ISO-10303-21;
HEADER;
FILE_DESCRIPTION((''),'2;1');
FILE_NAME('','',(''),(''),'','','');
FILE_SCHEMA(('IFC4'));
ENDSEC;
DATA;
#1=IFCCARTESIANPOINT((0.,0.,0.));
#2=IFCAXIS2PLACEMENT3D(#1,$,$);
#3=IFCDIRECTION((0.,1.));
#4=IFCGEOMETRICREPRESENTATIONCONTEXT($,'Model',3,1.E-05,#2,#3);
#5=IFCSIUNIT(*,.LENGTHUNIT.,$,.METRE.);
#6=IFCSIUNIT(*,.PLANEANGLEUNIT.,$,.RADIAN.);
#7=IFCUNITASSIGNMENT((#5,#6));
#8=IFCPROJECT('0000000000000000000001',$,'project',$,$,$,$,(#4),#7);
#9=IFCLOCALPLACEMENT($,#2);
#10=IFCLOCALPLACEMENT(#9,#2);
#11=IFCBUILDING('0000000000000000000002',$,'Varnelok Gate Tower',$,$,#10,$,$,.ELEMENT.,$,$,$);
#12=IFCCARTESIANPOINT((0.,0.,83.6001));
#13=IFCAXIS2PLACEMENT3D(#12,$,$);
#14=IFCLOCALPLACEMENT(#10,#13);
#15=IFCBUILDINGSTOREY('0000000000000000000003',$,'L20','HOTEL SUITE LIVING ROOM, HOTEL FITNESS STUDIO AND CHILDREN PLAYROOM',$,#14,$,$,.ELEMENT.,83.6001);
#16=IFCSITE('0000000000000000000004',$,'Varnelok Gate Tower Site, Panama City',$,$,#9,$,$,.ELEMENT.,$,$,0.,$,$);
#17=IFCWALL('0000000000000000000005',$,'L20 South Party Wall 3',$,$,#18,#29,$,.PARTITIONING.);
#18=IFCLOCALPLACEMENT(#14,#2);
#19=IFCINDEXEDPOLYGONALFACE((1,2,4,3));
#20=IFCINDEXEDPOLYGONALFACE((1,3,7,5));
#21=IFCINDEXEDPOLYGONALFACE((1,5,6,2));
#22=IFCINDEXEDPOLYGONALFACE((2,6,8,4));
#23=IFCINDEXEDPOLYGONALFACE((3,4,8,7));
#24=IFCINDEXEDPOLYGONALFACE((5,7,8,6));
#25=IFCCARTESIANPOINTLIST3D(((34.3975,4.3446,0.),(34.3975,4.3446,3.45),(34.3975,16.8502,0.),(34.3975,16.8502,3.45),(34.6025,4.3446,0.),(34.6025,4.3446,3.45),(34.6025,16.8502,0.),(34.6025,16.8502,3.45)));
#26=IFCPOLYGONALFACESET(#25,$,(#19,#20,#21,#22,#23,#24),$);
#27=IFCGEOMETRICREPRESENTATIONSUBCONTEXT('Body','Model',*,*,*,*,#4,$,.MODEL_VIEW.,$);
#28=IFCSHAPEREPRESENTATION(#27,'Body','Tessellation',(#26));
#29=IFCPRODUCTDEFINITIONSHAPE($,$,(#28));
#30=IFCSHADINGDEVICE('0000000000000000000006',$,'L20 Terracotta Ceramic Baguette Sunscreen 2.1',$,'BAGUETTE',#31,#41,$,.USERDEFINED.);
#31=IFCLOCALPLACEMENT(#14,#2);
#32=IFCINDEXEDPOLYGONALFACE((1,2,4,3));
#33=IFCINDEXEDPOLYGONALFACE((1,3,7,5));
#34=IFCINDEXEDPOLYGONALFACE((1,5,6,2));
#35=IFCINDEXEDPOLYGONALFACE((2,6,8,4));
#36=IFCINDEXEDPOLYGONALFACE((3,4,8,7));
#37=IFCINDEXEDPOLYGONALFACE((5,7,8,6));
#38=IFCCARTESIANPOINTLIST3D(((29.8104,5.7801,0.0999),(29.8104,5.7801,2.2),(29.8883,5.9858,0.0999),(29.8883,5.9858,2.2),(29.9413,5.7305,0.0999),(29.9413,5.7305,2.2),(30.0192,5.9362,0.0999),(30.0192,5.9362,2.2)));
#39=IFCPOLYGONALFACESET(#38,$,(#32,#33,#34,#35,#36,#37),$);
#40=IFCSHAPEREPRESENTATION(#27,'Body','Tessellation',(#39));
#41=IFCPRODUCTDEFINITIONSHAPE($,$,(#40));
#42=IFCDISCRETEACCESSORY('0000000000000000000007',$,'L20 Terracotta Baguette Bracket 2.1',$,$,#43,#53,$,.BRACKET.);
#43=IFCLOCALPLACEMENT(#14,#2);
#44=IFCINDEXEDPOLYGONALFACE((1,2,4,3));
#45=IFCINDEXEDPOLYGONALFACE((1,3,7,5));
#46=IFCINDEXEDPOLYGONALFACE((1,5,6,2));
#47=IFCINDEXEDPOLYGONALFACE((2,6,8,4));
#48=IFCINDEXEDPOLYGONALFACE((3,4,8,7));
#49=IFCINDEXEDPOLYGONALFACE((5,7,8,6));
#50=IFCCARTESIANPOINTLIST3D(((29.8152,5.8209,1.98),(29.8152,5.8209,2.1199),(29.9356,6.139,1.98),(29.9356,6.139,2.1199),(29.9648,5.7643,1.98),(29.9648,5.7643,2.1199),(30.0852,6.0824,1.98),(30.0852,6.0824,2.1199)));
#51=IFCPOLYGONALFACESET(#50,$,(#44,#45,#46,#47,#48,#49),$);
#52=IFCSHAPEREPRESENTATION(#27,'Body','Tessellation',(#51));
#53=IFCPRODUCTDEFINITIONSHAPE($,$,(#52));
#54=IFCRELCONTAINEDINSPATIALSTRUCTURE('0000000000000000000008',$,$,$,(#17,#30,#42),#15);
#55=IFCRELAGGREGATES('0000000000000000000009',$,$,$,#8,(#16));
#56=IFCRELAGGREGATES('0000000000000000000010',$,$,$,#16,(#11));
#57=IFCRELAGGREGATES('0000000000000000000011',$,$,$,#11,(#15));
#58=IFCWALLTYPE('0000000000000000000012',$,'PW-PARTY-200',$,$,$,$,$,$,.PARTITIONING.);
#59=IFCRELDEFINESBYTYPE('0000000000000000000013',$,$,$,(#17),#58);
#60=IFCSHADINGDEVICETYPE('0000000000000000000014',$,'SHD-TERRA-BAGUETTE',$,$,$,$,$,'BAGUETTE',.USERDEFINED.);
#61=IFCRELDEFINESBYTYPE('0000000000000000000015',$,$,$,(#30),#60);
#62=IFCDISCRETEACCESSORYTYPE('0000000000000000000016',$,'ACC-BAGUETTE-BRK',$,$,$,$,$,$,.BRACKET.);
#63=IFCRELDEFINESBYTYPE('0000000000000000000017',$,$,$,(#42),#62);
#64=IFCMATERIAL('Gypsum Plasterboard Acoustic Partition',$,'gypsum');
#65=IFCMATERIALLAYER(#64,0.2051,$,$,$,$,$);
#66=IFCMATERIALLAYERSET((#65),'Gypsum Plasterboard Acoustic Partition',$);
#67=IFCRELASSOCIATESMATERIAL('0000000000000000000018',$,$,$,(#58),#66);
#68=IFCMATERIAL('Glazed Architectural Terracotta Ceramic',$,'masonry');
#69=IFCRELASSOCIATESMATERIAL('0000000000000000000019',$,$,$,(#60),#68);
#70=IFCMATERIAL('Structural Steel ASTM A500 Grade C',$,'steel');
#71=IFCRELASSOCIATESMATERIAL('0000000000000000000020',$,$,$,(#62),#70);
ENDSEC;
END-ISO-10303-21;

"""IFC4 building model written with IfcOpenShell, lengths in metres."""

from ifc_helpers import new_model, si_unit, direction, frame, frame_2d, origin, origin_2d, place, context, subcontext, project, spatial, rectangle, extrude, source, transform, mapped, material, layer, layer_set, type_object, element, save


model = new_model("IFC4")

# Units and contexts
model_context = context("Model", 3, precision=1e-05, world=origin(), true_north=direction((0.0, 1.0)))
body_context = subcontext(model_context, "Body", "Model", "MODEL_VIEW")
ifc_project = project(units=[si_unit("LENGTHUNIT", "METRE"), si_unit("PLANEANGLEUNIT", "RADIAN")], contexts=[model_context])

# Site, building, storey
site_placement = place(None, origin())
site = spatial("IfcSite", under=ifc_project, at=site_placement, Name="Varnelok Gate Tower Site, Panama City", CompositionType="ELEMENT", RefElevation=0.0)
building_placement = place(site_placement, origin())
building = spatial("IfcBuilding", under=site, at=building_placement, Name="Varnelok Gate Tower", CompositionType="ELEMENT")
storey_placement = place(building_placement, frame((0.0, 0.0, 83.6001)))
storey = spatial("IfcBuildingStorey", under=building, at=storey_placement, Name="L20", Description="HOTEL SUITE LIVING ROOM, HOTEL FITNESS STUDIO AND CHILDREN PLAYROOM", CompositionType="ELEMENT", Elevation=83.6001)

# Shared definitions
ifc_material_1 = material(Name="Gypsum Plasterboard Acoustic Partition", Category="gypsum")

# Wall
ifc_layer_1 = layer(ifc_material_1, 0.2051)
ifc_layer_set_1 = layer_set([ifc_layer_1], Name="Gypsum Plasterboard Acoustic Partition")
wall_type_1 = type_object("IfcWallType", Name="PW-PARTY-200", PredefinedType="PARTITIONING", material=ifc_layer_set_1)
wall_1_placement = place(storey_placement, frame((34.5, 4.3445, 0.0), z_axis=(0.0, 0.0, 1.0), x_axis=(0.0, 1.0, 0.0)))
element("IfcWall", 1, at=wall_1_placement, inside=storey, type_object=wall_type_1, Name="L20 South Party Wall 3", PredefinedType="PARTITIONING", context=body_context, shape_type="SweptSolid", body=[
    extrude(rectangle(XDim=12.5056, YDim=0.2051, at=frame_2d((6.2529, 0.0))), origin(), (0.0, 0.0, 1.0), 3.45),
])

# Shading device
ifc_material_2 = material(Name="Glazed Architectural Terracotta Ceramic", Category="masonry")
shading_device_type = type_object("IfcShadingDeviceType", Name="SHD-TERRA-BAGUETTE", ElementType="BAGUETTE", PredefinedType="USERDEFINED", material=ifc_material_2)
shared_shape_1 = source(origin(), body_context, "Body", "SweptSolid", [
    extrude(rectangle(XDim=0.1399, YDim=0.22, at=origin_2d()), origin(), (0.0, 0.0, 1.0), 2.1001),
])
shading_device_placement = place(storey_placement, frame((29.9148, 5.8582, 0.0999), z_axis=(0.0, 0.0, 1.0), x_axis=(0.935222, -0.354063, 0.0)))
element("IfcShadingDevice", 2, at=shading_device_placement, inside=storey, type_object=shading_device_type, Name="L20 Terracotta Ceramic Baguette Sunscreen 2.1", ObjectType="BAGUETTE", PredefinedType="USERDEFINED", context=body_context, shape_type="MappedRepresentation", body=[
    mapped(shared_shape_1, transform((0.0, 0.0, 0.0), scale=1.0)),
])

# Discrete accessory
ifc_material_3 = material(Name="Structural Steel ASTM A500 Grade C", Category="steel")
discrete_accessory_type = type_object("IfcDiscreteAccessoryType", Name="ACC-BAGUETTE-BRK", PredefinedType="BRACKET", material=ifc_material_3)
shared_shape_2 = source(origin(), body_context, "Body", "SweptSolid", [
    extrude(rectangle(XDim=0.1599, YDim=0.3401, at=origin_2d()), origin(), (0.0, 0.0, 1.0), 0.1399),
])
discrete_accessory_placement = place(storey_placement, frame((29.9502, 5.9517, 1.98), z_axis=(0.0, 0.0, 1.0), x_axis=(0.935222, -0.354063, 0.0)))
element("IfcDiscreteAccessory", 3, at=discrete_accessory_placement, inside=storey, type_object=discrete_accessory_type, Name="L20 Terracotta Baguette Bracket 2.1", PredefinedType="BRACKET", context=body_context, shape_type="MappedRepresentation", body=[
    mapped(shared_shape_2, transform((0.0, 0.0, 0.0), scale=1.0)),
])

save(model, "model.ifc")
